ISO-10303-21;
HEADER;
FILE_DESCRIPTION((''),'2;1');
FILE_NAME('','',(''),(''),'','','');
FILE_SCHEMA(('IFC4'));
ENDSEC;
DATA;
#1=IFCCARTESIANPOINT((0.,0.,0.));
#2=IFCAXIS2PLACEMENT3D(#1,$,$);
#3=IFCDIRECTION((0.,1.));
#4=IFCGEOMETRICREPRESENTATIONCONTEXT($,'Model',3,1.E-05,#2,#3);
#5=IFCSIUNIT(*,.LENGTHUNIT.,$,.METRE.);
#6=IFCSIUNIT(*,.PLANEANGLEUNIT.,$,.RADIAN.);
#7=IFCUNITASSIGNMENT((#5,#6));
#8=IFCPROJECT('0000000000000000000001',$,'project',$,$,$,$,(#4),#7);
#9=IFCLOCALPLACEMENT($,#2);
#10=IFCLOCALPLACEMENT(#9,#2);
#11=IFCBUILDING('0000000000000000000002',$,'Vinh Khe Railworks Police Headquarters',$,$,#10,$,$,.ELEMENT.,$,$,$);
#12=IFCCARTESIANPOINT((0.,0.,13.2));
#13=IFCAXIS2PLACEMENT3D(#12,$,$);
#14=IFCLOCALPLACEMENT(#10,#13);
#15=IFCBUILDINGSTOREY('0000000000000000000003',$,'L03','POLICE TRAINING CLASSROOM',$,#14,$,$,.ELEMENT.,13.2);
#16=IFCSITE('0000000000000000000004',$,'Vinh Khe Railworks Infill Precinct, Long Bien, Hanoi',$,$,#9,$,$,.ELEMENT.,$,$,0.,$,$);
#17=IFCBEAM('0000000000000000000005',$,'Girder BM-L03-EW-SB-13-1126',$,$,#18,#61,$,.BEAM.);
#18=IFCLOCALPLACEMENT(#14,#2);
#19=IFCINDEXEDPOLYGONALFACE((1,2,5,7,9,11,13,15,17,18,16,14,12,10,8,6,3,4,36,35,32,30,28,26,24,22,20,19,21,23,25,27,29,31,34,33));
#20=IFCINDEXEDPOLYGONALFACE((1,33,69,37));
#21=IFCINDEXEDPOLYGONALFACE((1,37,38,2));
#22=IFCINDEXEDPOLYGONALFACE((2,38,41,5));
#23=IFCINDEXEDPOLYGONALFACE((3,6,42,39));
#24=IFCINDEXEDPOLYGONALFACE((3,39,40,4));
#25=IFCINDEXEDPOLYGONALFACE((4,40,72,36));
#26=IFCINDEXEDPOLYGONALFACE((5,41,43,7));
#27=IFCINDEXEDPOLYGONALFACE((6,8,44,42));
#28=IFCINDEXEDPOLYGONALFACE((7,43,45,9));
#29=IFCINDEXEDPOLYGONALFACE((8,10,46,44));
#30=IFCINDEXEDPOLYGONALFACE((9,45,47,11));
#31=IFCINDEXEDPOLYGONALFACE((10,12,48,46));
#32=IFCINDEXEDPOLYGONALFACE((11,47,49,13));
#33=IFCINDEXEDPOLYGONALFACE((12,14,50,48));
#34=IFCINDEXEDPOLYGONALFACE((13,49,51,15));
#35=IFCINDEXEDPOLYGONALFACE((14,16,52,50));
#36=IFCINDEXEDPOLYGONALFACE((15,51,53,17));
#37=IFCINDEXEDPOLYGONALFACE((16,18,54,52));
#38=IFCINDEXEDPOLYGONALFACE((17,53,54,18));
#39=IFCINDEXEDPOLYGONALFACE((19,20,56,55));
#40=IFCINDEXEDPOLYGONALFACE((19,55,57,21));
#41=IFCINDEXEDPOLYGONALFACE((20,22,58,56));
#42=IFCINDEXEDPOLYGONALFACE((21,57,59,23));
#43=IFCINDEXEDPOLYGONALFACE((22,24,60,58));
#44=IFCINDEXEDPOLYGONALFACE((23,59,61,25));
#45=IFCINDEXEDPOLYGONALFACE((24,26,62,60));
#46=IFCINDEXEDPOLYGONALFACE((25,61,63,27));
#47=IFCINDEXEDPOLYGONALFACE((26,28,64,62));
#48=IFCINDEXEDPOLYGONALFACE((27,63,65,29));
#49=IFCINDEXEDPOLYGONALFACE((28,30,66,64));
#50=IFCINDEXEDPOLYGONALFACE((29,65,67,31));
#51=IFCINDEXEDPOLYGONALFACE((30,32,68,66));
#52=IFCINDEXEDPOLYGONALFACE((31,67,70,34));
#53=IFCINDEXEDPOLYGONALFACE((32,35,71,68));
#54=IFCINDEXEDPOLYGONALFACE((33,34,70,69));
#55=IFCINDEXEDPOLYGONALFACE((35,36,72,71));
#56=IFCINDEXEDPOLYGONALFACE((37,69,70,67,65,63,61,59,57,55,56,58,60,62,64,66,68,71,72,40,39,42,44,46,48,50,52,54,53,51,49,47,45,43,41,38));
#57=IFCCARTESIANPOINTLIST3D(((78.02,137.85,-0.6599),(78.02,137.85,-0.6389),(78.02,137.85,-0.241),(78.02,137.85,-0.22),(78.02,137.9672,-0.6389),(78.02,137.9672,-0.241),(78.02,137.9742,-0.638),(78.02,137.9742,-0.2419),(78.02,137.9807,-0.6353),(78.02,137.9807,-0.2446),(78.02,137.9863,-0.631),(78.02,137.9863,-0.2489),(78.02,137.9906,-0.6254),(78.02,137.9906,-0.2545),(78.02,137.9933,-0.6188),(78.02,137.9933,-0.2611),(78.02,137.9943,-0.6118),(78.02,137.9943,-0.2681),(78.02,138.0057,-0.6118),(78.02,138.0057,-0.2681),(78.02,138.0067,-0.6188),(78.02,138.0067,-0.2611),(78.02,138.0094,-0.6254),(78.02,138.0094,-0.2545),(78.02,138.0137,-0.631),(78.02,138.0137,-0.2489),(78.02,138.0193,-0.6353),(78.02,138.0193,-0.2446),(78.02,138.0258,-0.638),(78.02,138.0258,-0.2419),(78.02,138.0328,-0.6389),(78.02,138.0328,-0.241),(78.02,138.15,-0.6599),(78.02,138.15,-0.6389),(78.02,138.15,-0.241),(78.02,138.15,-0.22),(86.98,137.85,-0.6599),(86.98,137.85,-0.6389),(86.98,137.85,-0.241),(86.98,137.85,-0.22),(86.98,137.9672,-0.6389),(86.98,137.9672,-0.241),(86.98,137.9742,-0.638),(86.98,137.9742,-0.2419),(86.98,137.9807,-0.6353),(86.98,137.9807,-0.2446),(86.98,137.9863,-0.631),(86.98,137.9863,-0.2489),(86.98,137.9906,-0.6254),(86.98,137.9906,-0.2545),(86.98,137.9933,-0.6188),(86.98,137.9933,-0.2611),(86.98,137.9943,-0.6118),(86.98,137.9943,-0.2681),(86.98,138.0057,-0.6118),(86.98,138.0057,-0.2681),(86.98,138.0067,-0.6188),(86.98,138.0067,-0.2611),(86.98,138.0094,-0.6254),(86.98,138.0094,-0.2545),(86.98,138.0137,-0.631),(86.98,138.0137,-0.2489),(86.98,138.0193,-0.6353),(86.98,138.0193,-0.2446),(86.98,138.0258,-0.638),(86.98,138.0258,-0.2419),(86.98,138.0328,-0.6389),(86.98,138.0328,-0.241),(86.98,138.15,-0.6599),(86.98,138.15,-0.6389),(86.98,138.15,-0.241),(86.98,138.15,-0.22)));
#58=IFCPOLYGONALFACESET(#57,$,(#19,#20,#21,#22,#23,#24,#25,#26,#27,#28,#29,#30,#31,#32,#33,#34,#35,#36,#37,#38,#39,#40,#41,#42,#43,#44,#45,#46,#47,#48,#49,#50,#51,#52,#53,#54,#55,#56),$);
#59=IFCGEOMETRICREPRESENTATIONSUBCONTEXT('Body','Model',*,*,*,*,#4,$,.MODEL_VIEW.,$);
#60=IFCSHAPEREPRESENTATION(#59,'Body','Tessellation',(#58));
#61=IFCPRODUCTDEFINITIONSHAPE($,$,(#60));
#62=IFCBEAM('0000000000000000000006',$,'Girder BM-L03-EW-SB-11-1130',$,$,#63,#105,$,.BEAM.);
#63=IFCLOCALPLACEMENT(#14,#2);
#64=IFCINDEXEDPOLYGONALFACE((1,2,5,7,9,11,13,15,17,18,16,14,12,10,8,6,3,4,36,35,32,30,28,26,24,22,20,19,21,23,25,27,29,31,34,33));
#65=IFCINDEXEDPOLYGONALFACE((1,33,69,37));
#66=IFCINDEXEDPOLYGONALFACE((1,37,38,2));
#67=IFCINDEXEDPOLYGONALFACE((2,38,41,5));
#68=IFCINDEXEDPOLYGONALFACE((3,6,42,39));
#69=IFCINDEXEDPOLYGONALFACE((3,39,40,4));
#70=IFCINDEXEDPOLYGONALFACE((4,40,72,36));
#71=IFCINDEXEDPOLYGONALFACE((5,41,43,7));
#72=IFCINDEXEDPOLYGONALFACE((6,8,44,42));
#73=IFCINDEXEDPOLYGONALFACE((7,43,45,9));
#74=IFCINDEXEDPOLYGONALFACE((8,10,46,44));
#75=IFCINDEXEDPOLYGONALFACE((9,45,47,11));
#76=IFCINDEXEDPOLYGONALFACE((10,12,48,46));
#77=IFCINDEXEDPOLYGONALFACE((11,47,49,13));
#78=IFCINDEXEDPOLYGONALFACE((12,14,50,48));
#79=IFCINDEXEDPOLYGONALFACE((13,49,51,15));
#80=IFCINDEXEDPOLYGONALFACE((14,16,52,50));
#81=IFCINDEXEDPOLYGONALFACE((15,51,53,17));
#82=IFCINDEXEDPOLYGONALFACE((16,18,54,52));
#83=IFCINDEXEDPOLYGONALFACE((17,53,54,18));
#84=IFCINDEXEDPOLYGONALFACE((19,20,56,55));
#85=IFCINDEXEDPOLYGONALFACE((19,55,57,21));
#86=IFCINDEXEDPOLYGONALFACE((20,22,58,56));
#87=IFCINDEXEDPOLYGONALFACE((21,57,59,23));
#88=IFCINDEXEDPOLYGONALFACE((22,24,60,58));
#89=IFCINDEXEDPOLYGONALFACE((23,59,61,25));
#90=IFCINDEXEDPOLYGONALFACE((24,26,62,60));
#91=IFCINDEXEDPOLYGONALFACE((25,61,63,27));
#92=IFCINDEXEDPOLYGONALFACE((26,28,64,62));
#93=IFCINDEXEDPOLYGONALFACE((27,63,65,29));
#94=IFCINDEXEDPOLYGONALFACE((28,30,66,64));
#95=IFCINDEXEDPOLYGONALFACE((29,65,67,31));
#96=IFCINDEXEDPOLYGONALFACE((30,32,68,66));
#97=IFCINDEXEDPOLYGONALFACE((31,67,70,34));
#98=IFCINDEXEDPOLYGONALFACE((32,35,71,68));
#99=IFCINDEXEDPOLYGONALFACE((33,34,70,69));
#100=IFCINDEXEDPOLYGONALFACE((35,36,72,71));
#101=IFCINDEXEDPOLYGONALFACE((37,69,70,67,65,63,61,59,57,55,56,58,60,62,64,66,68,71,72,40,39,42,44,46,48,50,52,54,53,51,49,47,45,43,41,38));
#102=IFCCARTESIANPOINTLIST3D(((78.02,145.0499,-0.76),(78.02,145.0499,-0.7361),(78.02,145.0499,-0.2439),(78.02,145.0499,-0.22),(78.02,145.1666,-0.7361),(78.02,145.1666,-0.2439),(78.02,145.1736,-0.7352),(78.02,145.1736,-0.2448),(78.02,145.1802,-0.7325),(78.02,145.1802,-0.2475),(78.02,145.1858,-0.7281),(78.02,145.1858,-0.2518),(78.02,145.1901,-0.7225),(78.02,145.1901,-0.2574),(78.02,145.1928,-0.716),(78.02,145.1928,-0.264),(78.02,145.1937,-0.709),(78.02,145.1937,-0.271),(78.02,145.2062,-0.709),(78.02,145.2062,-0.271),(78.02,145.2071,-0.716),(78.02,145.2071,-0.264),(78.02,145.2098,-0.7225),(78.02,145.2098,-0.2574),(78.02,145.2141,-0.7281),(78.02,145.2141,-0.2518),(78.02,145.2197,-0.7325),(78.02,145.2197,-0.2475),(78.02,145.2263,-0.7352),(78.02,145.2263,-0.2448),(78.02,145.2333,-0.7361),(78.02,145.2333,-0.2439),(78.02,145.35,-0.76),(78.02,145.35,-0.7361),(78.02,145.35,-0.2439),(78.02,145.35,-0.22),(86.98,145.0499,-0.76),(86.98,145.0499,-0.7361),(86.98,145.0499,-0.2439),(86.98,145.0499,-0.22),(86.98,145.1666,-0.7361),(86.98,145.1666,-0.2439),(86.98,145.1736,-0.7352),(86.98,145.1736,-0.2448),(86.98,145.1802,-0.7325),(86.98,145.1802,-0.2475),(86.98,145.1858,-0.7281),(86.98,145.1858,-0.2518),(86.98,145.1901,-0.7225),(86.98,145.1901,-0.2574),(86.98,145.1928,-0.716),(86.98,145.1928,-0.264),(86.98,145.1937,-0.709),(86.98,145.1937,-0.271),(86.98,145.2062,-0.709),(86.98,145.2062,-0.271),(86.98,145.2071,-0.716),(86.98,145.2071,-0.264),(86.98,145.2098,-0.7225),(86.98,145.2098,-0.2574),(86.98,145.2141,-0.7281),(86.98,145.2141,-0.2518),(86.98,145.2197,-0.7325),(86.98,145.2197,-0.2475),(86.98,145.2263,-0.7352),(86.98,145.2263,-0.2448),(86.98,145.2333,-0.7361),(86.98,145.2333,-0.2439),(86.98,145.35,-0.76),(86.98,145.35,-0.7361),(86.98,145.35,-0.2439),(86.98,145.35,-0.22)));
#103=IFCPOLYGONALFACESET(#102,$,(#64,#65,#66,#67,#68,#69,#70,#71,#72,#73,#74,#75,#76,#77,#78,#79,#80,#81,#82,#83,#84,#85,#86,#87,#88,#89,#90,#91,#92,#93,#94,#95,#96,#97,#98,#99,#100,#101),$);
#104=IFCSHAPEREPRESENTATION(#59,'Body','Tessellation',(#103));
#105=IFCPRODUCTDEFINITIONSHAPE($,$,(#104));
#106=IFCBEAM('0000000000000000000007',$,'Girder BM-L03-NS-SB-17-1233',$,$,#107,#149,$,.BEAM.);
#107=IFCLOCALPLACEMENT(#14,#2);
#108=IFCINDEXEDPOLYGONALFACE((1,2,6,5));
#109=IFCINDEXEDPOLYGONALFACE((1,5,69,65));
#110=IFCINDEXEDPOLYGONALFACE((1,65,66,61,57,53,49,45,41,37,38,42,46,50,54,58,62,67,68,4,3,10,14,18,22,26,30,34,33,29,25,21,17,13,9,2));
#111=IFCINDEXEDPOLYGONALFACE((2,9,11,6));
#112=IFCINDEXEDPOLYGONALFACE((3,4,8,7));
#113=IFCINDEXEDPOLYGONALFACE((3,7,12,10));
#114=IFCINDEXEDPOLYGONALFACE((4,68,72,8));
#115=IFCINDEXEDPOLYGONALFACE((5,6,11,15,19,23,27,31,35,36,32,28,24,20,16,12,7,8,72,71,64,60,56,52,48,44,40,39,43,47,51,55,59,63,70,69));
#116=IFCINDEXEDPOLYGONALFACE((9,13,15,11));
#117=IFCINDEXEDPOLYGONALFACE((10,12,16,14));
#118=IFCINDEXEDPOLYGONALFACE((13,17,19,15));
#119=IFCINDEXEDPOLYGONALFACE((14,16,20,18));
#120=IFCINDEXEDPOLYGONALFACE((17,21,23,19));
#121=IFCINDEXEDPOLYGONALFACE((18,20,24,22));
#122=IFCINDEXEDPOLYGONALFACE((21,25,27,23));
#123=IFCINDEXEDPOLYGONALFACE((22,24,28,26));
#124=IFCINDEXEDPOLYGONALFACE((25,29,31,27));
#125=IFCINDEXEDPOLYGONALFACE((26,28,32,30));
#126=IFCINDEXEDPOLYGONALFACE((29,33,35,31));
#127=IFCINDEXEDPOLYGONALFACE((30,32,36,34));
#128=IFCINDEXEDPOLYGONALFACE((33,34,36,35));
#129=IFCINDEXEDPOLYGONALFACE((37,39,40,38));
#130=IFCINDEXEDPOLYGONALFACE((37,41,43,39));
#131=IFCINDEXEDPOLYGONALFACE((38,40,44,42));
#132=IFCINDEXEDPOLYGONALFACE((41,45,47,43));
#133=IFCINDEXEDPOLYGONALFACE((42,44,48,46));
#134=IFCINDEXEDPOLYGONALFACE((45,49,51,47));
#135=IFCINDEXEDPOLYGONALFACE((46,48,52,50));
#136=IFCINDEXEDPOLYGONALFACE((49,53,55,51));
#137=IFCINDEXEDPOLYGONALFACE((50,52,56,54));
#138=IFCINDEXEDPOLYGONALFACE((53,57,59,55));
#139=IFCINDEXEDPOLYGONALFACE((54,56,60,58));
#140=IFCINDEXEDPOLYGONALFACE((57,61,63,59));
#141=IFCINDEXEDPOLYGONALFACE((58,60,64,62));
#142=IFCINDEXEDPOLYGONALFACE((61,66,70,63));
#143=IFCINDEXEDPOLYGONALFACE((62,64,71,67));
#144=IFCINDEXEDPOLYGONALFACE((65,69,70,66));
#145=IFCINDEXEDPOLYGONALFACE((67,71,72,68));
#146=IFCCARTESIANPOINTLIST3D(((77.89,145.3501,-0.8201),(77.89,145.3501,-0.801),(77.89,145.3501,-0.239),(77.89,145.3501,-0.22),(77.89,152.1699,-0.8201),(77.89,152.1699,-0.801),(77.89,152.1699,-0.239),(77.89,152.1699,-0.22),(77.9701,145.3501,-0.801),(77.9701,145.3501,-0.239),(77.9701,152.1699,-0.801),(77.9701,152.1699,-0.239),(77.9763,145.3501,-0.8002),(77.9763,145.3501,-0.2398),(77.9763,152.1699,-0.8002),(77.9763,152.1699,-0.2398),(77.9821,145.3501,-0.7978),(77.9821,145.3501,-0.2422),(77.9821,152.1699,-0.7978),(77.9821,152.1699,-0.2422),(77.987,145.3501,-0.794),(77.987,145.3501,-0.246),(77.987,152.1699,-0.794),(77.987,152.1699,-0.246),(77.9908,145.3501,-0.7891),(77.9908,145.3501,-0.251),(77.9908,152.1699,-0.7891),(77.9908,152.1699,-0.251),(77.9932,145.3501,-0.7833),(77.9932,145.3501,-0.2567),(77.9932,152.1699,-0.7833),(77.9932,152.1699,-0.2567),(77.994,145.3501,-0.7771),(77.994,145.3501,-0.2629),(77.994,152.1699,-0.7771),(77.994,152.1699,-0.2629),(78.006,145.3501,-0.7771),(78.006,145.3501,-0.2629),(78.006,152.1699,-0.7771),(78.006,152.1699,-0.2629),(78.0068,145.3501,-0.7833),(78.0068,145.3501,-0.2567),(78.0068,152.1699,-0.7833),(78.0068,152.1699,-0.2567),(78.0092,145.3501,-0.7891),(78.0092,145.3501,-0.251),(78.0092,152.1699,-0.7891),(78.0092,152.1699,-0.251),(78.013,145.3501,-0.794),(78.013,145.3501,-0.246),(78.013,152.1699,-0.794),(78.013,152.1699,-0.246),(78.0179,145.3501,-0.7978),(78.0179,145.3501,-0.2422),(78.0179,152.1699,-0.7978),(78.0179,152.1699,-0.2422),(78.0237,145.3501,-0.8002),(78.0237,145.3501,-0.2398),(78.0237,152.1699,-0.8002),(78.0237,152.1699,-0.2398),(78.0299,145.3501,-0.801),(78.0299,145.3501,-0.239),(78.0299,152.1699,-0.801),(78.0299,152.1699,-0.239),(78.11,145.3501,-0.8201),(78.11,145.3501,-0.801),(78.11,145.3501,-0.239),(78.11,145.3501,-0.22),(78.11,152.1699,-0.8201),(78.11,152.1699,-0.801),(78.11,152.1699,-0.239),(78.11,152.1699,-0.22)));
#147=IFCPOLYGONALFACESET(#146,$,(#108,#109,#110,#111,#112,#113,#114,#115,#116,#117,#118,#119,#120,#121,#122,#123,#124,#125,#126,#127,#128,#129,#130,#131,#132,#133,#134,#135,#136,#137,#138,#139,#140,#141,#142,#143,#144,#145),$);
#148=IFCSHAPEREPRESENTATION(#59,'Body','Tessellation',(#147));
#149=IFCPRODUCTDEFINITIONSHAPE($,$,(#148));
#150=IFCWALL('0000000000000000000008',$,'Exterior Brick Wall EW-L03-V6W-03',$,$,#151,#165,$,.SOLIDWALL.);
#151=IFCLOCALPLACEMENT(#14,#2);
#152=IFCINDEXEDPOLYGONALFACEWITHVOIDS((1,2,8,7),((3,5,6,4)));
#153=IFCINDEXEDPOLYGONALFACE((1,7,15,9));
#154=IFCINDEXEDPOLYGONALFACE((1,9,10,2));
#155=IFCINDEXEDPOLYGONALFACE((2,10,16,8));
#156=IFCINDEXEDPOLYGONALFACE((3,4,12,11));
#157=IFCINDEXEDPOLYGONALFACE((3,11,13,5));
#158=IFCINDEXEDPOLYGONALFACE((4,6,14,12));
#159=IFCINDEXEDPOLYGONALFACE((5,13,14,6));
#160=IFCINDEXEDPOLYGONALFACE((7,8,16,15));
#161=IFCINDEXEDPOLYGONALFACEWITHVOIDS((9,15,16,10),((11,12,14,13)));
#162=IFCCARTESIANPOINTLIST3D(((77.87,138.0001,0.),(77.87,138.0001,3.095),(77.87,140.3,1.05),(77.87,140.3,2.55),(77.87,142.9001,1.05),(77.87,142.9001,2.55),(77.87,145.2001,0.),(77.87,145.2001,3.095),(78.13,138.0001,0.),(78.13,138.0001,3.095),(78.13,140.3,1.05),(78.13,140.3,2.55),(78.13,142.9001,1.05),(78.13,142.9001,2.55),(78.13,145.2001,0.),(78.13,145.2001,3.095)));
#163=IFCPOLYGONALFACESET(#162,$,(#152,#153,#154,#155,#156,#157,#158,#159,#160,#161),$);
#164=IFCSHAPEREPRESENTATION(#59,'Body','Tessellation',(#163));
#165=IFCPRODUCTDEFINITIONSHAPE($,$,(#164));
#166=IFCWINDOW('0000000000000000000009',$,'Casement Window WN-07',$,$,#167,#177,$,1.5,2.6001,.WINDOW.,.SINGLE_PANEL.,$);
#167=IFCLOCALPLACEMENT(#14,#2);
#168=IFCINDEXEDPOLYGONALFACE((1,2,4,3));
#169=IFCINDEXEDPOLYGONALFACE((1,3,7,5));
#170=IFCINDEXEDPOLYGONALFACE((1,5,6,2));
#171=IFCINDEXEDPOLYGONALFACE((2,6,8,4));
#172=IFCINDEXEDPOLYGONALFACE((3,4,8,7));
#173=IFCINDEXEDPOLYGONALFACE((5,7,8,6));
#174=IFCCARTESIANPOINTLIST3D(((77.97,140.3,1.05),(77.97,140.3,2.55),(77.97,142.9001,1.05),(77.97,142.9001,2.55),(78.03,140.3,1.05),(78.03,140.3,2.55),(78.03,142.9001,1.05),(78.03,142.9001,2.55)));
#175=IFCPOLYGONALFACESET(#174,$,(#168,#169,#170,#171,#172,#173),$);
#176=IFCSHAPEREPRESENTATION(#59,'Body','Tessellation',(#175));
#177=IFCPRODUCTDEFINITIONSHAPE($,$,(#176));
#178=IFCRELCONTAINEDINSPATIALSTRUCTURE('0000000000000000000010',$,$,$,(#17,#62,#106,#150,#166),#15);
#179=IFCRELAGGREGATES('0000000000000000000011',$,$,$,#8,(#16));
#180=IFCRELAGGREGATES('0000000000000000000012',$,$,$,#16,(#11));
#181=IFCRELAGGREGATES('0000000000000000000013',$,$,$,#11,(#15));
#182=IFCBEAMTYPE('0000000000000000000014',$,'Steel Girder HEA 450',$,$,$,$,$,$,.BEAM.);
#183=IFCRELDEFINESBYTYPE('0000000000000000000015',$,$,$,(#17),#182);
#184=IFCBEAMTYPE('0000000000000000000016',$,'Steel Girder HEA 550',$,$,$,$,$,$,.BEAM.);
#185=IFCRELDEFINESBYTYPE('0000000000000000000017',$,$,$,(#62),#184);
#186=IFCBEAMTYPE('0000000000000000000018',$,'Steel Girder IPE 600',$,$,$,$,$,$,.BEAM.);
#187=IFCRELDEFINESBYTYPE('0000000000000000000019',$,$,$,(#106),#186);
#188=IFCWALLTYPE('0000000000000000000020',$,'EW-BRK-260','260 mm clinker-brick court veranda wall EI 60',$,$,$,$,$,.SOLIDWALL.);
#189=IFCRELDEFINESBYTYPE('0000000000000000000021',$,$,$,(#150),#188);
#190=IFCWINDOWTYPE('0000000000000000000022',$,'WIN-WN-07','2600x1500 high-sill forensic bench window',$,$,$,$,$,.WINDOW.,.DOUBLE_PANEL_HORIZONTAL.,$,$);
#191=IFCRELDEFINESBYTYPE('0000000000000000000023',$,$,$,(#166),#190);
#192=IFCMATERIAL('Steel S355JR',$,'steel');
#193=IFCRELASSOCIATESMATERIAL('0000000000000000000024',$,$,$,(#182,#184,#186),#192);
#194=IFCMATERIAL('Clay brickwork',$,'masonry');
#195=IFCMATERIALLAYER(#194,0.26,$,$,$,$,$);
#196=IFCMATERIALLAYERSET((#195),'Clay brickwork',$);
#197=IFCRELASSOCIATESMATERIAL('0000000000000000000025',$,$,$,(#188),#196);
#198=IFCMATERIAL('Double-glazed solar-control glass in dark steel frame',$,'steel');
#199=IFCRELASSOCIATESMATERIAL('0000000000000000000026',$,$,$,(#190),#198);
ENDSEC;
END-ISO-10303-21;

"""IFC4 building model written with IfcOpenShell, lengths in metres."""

from ifc_helpers import new_model, si_unit, direction, frame, frame_2d, origin, origin_2d, place, context, subcontext, project, spatial, rectangle, i_section, extrude, material, layer, layer_set, material_profile, profile_set, type_object, element, fill, save


model = new_model("IFC4")

# Units and contexts
model_context = context("Model", 3, precision=1e-05, world=origin(), true_north=direction((0.0, 1.0)))
body_context = subcontext(model_context, "Body", "Model", "MODEL_VIEW")
ifc_project = project(units=[si_unit("LENGTHUNIT", "METRE"), si_unit("PLANEANGLEUNIT", "RADIAN")], contexts=[model_context])

# Site, building, storey
site_placement = place(None, origin())
site = spatial("IfcSite", under=ifc_project, at=site_placement, Name="Vinh Khe Railworks Infill Precinct, Long Bien, Hanoi", CompositionType="ELEMENT", RefElevation=0.0)
building_placement = place(site_placement, origin())
building = spatial("IfcBuilding", under=site, at=building_placement, Name="Vinh Khe Railworks Police Headquarters", CompositionType="ELEMENT")
storey_placement = place(building_placement, frame((0.0, 0.0, 13.2)))
storey = spatial("IfcBuildingStorey", under=building, at=storey_placement, Name="L03", Description="POLICE TRAINING CLASSROOM", CompositionType="ELEMENT", Elevation=13.2)

# Shared definitions
ifc_material_1 = material(Name="Steel S355JR", Category="steel")

# Beams
ifc_material_profile_1 = material_profile(ifc_material_1, i_section(OverallWidth=0.3, OverallDepth=0.4399, WebThickness=0.0115, FlangeThickness=0.021, FilletRadius=0.0271, at=origin_2d()), Name="HEA 450")
ifc_profile_set_1 = profile_set([ifc_material_profile_1], Name="Steel S355JR")
beam_type_1 = type_object("IfcBeamType", Name="Steel Girder HEA 450", PredefinedType="BEAM", material=ifc_profile_set_1)
beam_1_placement = place(storey_placement, frame((78.02, 138.0, -0.4399), z_axis=(1.0, 0.0, 0.0), x_axis=(0.0, 1.0, 0.0)))
element("IfcBeam", 1, at=beam_1_placement, inside=storey, type_object=beam_type_1, Name="Girder BM-L03-EW-SB-13-1126", PredefinedType="BEAM", context=body_context, shape_type="SweptSolid", body=[
    extrude(i_section(OverallWidth=0.3, OverallDepth=0.4399, WebThickness=0.0115, FlangeThickness=0.021, FilletRadius=0.0271, at=origin_2d()), origin(), (0.0, 0.0, 1.0), 8.96),
])
ifc_material_profile_2 = material_profile(ifc_material_1, i_section(OverallWidth=0.3, OverallDepth=0.54, WebThickness=0.0125, FlangeThickness=0.0239, FilletRadius=0.0271, at=origin_2d()), Name="HEA 550")
ifc_profile_set_2 = profile_set([ifc_material_profile_2], Name="Steel S355JR")
beam_type_2 = type_object("IfcBeamType", Name="Steel Girder HEA 550", PredefinedType="BEAM", material=ifc_profile_set_2)
beam_2_placement = place(storey_placement, frame((78.02, 145.2, -0.49), z_axis=(1.0, 0.0, 0.0), x_axis=(0.0, 1.0, 0.0)))
element("IfcBeam", 2, at=beam_2_placement, inside=storey, type_object=beam_type_2, Name="Girder BM-L03-EW-SB-11-1130", PredefinedType="BEAM", context=body_context, shape_type="SweptSolid", body=[
    extrude(i_section(OverallWidth=0.3, OverallDepth=0.54, WebThickness=0.0125, FlangeThickness=0.0239, FilletRadius=0.0271, at=origin_2d()), origin(), (0.0, 0.0, 1.0), 8.96),
])
ifc_material_profile_3 = material_profile(ifc_material_1, i_section(OverallWidth=0.22, OverallDepth=0.6001, WebThickness=0.012, FlangeThickness=0.019, FilletRadius=0.0239, at=origin_2d()), Name="IPE 600")
ifc_profile_set_3 = profile_set([ifc_material_profile_3], Name="Steel S355JR")
beam_type_3 = type_object("IfcBeamType", Name="Steel Girder IPE 600", PredefinedType="BEAM", material=ifc_profile_set_3)
beam_3_placement = place(storey_placement, frame((78.0, 145.3501, -0.52), z_axis=(0.0, 1.0, 0.0), x_axis=(-1.0, 0.0, 0.0)))
element("IfcBeam", 3, at=beam_3_placement, inside=storey, type_object=beam_type_3, Name="Girder BM-L03-NS-SB-17-1233", PredefinedType="BEAM", context=body_context, shape_type="SweptSolid", body=[
    extrude(i_section(OverallWidth=0.22, OverallDepth=0.6001, WebThickness=0.012, FlangeThickness=0.019, FilletRadius=0.0239, at=origin_2d()), origin(), (0.0, 0.0, 1.0), 6.8198),
])

# Wall, opening, window
ifc_material_2 = material(Name="Clay brickwork", Category="masonry")
ifc_layer = layer(ifc_material_2, 0.26)
ifc_layer_set = layer_set([ifc_layer], Name="Clay brickwork")
wall_type = type_object("IfcWallType", Name="EW-BRK-260", Description="260 mm clinker-brick court veranda wall EI 60", PredefinedType="SOLIDWALL", material=ifc_layer_set)
wall_1_placement = place(storey_placement, frame((78.0, 138.0, 0.0), z_axis=(0.0, 0.0, 1.0), x_axis=(0.0, 1.0, 0.0)))
wall_1 = element("IfcWall", 4, at=wall_1_placement, inside=storey, type_object=wall_type, Name="Exterior Brick Wall EW-L03-V6W-03", PredefinedType="SOLIDWALL", context=body_context, shape_type="SweptSolid", body=[
    extrude(rectangle(XDim=7.2, YDim=0.26, at=frame_2d((3.6001, 0.0))), origin(), (0.0, 0.0, 1.0), 3.095),
])
opening_1_placement = place(wall_1_placement, frame((2.3, 0.0, 1.05)))
opening_1 = element("IfcOpeningElement", 5, at=opening_1_placement, cuts=wall_1, PredefinedType="OPENING", context=body_context, shape_type="SweptSolid", body=[
    extrude(rectangle(XDim=2.6001, YDim=1.5, at=frame_2d((1.3, 0.75))), frame((0.0, 0.145, 0.0), z_axis=(0.0, -1.0, 0.0), x_axis=(1.0, 0.0, 0.0)), (0.0, 0.0, 1.0), 0.2898),
])
ifc_material_3 = material(Name="Double-glazed solar-control glass in dark steel frame", Category="steel")
window_type = type_object("IfcWindowType", Name="WIN-WN-07", Description="2600x1500 high-sill forensic bench window", PartitioningType="DOUBLE_PANEL_HORIZONTAL", PredefinedType="WINDOW", material=ifc_material_3)
window_1_placement = place(opening_1_placement, origin())
window_1 = element("IfcWindow", 6, at=window_1_placement, inside=storey, type_object=window_type, Name="Casement Window WN-07", OverallHeight=1.5, OverallWidth=2.6001, PartitioningType="SINGLE_PANEL", PredefinedType="WINDOW", context=body_context, shape_type="SweptSolid", body=[
    extrude(rectangle(XDim=2.6001, YDim=1.5, at=frame_2d((1.3, 0.75))), frame((0.0, 0.03, 0.0), z_axis=(0.0, -1.0, 0.0), x_axis=(1.0, 0.0, 0.0)), (0.0, 0.0, 1.0), 0.0601),
])
fill(opening_1, window_1)

save(model, "model.ifc")
